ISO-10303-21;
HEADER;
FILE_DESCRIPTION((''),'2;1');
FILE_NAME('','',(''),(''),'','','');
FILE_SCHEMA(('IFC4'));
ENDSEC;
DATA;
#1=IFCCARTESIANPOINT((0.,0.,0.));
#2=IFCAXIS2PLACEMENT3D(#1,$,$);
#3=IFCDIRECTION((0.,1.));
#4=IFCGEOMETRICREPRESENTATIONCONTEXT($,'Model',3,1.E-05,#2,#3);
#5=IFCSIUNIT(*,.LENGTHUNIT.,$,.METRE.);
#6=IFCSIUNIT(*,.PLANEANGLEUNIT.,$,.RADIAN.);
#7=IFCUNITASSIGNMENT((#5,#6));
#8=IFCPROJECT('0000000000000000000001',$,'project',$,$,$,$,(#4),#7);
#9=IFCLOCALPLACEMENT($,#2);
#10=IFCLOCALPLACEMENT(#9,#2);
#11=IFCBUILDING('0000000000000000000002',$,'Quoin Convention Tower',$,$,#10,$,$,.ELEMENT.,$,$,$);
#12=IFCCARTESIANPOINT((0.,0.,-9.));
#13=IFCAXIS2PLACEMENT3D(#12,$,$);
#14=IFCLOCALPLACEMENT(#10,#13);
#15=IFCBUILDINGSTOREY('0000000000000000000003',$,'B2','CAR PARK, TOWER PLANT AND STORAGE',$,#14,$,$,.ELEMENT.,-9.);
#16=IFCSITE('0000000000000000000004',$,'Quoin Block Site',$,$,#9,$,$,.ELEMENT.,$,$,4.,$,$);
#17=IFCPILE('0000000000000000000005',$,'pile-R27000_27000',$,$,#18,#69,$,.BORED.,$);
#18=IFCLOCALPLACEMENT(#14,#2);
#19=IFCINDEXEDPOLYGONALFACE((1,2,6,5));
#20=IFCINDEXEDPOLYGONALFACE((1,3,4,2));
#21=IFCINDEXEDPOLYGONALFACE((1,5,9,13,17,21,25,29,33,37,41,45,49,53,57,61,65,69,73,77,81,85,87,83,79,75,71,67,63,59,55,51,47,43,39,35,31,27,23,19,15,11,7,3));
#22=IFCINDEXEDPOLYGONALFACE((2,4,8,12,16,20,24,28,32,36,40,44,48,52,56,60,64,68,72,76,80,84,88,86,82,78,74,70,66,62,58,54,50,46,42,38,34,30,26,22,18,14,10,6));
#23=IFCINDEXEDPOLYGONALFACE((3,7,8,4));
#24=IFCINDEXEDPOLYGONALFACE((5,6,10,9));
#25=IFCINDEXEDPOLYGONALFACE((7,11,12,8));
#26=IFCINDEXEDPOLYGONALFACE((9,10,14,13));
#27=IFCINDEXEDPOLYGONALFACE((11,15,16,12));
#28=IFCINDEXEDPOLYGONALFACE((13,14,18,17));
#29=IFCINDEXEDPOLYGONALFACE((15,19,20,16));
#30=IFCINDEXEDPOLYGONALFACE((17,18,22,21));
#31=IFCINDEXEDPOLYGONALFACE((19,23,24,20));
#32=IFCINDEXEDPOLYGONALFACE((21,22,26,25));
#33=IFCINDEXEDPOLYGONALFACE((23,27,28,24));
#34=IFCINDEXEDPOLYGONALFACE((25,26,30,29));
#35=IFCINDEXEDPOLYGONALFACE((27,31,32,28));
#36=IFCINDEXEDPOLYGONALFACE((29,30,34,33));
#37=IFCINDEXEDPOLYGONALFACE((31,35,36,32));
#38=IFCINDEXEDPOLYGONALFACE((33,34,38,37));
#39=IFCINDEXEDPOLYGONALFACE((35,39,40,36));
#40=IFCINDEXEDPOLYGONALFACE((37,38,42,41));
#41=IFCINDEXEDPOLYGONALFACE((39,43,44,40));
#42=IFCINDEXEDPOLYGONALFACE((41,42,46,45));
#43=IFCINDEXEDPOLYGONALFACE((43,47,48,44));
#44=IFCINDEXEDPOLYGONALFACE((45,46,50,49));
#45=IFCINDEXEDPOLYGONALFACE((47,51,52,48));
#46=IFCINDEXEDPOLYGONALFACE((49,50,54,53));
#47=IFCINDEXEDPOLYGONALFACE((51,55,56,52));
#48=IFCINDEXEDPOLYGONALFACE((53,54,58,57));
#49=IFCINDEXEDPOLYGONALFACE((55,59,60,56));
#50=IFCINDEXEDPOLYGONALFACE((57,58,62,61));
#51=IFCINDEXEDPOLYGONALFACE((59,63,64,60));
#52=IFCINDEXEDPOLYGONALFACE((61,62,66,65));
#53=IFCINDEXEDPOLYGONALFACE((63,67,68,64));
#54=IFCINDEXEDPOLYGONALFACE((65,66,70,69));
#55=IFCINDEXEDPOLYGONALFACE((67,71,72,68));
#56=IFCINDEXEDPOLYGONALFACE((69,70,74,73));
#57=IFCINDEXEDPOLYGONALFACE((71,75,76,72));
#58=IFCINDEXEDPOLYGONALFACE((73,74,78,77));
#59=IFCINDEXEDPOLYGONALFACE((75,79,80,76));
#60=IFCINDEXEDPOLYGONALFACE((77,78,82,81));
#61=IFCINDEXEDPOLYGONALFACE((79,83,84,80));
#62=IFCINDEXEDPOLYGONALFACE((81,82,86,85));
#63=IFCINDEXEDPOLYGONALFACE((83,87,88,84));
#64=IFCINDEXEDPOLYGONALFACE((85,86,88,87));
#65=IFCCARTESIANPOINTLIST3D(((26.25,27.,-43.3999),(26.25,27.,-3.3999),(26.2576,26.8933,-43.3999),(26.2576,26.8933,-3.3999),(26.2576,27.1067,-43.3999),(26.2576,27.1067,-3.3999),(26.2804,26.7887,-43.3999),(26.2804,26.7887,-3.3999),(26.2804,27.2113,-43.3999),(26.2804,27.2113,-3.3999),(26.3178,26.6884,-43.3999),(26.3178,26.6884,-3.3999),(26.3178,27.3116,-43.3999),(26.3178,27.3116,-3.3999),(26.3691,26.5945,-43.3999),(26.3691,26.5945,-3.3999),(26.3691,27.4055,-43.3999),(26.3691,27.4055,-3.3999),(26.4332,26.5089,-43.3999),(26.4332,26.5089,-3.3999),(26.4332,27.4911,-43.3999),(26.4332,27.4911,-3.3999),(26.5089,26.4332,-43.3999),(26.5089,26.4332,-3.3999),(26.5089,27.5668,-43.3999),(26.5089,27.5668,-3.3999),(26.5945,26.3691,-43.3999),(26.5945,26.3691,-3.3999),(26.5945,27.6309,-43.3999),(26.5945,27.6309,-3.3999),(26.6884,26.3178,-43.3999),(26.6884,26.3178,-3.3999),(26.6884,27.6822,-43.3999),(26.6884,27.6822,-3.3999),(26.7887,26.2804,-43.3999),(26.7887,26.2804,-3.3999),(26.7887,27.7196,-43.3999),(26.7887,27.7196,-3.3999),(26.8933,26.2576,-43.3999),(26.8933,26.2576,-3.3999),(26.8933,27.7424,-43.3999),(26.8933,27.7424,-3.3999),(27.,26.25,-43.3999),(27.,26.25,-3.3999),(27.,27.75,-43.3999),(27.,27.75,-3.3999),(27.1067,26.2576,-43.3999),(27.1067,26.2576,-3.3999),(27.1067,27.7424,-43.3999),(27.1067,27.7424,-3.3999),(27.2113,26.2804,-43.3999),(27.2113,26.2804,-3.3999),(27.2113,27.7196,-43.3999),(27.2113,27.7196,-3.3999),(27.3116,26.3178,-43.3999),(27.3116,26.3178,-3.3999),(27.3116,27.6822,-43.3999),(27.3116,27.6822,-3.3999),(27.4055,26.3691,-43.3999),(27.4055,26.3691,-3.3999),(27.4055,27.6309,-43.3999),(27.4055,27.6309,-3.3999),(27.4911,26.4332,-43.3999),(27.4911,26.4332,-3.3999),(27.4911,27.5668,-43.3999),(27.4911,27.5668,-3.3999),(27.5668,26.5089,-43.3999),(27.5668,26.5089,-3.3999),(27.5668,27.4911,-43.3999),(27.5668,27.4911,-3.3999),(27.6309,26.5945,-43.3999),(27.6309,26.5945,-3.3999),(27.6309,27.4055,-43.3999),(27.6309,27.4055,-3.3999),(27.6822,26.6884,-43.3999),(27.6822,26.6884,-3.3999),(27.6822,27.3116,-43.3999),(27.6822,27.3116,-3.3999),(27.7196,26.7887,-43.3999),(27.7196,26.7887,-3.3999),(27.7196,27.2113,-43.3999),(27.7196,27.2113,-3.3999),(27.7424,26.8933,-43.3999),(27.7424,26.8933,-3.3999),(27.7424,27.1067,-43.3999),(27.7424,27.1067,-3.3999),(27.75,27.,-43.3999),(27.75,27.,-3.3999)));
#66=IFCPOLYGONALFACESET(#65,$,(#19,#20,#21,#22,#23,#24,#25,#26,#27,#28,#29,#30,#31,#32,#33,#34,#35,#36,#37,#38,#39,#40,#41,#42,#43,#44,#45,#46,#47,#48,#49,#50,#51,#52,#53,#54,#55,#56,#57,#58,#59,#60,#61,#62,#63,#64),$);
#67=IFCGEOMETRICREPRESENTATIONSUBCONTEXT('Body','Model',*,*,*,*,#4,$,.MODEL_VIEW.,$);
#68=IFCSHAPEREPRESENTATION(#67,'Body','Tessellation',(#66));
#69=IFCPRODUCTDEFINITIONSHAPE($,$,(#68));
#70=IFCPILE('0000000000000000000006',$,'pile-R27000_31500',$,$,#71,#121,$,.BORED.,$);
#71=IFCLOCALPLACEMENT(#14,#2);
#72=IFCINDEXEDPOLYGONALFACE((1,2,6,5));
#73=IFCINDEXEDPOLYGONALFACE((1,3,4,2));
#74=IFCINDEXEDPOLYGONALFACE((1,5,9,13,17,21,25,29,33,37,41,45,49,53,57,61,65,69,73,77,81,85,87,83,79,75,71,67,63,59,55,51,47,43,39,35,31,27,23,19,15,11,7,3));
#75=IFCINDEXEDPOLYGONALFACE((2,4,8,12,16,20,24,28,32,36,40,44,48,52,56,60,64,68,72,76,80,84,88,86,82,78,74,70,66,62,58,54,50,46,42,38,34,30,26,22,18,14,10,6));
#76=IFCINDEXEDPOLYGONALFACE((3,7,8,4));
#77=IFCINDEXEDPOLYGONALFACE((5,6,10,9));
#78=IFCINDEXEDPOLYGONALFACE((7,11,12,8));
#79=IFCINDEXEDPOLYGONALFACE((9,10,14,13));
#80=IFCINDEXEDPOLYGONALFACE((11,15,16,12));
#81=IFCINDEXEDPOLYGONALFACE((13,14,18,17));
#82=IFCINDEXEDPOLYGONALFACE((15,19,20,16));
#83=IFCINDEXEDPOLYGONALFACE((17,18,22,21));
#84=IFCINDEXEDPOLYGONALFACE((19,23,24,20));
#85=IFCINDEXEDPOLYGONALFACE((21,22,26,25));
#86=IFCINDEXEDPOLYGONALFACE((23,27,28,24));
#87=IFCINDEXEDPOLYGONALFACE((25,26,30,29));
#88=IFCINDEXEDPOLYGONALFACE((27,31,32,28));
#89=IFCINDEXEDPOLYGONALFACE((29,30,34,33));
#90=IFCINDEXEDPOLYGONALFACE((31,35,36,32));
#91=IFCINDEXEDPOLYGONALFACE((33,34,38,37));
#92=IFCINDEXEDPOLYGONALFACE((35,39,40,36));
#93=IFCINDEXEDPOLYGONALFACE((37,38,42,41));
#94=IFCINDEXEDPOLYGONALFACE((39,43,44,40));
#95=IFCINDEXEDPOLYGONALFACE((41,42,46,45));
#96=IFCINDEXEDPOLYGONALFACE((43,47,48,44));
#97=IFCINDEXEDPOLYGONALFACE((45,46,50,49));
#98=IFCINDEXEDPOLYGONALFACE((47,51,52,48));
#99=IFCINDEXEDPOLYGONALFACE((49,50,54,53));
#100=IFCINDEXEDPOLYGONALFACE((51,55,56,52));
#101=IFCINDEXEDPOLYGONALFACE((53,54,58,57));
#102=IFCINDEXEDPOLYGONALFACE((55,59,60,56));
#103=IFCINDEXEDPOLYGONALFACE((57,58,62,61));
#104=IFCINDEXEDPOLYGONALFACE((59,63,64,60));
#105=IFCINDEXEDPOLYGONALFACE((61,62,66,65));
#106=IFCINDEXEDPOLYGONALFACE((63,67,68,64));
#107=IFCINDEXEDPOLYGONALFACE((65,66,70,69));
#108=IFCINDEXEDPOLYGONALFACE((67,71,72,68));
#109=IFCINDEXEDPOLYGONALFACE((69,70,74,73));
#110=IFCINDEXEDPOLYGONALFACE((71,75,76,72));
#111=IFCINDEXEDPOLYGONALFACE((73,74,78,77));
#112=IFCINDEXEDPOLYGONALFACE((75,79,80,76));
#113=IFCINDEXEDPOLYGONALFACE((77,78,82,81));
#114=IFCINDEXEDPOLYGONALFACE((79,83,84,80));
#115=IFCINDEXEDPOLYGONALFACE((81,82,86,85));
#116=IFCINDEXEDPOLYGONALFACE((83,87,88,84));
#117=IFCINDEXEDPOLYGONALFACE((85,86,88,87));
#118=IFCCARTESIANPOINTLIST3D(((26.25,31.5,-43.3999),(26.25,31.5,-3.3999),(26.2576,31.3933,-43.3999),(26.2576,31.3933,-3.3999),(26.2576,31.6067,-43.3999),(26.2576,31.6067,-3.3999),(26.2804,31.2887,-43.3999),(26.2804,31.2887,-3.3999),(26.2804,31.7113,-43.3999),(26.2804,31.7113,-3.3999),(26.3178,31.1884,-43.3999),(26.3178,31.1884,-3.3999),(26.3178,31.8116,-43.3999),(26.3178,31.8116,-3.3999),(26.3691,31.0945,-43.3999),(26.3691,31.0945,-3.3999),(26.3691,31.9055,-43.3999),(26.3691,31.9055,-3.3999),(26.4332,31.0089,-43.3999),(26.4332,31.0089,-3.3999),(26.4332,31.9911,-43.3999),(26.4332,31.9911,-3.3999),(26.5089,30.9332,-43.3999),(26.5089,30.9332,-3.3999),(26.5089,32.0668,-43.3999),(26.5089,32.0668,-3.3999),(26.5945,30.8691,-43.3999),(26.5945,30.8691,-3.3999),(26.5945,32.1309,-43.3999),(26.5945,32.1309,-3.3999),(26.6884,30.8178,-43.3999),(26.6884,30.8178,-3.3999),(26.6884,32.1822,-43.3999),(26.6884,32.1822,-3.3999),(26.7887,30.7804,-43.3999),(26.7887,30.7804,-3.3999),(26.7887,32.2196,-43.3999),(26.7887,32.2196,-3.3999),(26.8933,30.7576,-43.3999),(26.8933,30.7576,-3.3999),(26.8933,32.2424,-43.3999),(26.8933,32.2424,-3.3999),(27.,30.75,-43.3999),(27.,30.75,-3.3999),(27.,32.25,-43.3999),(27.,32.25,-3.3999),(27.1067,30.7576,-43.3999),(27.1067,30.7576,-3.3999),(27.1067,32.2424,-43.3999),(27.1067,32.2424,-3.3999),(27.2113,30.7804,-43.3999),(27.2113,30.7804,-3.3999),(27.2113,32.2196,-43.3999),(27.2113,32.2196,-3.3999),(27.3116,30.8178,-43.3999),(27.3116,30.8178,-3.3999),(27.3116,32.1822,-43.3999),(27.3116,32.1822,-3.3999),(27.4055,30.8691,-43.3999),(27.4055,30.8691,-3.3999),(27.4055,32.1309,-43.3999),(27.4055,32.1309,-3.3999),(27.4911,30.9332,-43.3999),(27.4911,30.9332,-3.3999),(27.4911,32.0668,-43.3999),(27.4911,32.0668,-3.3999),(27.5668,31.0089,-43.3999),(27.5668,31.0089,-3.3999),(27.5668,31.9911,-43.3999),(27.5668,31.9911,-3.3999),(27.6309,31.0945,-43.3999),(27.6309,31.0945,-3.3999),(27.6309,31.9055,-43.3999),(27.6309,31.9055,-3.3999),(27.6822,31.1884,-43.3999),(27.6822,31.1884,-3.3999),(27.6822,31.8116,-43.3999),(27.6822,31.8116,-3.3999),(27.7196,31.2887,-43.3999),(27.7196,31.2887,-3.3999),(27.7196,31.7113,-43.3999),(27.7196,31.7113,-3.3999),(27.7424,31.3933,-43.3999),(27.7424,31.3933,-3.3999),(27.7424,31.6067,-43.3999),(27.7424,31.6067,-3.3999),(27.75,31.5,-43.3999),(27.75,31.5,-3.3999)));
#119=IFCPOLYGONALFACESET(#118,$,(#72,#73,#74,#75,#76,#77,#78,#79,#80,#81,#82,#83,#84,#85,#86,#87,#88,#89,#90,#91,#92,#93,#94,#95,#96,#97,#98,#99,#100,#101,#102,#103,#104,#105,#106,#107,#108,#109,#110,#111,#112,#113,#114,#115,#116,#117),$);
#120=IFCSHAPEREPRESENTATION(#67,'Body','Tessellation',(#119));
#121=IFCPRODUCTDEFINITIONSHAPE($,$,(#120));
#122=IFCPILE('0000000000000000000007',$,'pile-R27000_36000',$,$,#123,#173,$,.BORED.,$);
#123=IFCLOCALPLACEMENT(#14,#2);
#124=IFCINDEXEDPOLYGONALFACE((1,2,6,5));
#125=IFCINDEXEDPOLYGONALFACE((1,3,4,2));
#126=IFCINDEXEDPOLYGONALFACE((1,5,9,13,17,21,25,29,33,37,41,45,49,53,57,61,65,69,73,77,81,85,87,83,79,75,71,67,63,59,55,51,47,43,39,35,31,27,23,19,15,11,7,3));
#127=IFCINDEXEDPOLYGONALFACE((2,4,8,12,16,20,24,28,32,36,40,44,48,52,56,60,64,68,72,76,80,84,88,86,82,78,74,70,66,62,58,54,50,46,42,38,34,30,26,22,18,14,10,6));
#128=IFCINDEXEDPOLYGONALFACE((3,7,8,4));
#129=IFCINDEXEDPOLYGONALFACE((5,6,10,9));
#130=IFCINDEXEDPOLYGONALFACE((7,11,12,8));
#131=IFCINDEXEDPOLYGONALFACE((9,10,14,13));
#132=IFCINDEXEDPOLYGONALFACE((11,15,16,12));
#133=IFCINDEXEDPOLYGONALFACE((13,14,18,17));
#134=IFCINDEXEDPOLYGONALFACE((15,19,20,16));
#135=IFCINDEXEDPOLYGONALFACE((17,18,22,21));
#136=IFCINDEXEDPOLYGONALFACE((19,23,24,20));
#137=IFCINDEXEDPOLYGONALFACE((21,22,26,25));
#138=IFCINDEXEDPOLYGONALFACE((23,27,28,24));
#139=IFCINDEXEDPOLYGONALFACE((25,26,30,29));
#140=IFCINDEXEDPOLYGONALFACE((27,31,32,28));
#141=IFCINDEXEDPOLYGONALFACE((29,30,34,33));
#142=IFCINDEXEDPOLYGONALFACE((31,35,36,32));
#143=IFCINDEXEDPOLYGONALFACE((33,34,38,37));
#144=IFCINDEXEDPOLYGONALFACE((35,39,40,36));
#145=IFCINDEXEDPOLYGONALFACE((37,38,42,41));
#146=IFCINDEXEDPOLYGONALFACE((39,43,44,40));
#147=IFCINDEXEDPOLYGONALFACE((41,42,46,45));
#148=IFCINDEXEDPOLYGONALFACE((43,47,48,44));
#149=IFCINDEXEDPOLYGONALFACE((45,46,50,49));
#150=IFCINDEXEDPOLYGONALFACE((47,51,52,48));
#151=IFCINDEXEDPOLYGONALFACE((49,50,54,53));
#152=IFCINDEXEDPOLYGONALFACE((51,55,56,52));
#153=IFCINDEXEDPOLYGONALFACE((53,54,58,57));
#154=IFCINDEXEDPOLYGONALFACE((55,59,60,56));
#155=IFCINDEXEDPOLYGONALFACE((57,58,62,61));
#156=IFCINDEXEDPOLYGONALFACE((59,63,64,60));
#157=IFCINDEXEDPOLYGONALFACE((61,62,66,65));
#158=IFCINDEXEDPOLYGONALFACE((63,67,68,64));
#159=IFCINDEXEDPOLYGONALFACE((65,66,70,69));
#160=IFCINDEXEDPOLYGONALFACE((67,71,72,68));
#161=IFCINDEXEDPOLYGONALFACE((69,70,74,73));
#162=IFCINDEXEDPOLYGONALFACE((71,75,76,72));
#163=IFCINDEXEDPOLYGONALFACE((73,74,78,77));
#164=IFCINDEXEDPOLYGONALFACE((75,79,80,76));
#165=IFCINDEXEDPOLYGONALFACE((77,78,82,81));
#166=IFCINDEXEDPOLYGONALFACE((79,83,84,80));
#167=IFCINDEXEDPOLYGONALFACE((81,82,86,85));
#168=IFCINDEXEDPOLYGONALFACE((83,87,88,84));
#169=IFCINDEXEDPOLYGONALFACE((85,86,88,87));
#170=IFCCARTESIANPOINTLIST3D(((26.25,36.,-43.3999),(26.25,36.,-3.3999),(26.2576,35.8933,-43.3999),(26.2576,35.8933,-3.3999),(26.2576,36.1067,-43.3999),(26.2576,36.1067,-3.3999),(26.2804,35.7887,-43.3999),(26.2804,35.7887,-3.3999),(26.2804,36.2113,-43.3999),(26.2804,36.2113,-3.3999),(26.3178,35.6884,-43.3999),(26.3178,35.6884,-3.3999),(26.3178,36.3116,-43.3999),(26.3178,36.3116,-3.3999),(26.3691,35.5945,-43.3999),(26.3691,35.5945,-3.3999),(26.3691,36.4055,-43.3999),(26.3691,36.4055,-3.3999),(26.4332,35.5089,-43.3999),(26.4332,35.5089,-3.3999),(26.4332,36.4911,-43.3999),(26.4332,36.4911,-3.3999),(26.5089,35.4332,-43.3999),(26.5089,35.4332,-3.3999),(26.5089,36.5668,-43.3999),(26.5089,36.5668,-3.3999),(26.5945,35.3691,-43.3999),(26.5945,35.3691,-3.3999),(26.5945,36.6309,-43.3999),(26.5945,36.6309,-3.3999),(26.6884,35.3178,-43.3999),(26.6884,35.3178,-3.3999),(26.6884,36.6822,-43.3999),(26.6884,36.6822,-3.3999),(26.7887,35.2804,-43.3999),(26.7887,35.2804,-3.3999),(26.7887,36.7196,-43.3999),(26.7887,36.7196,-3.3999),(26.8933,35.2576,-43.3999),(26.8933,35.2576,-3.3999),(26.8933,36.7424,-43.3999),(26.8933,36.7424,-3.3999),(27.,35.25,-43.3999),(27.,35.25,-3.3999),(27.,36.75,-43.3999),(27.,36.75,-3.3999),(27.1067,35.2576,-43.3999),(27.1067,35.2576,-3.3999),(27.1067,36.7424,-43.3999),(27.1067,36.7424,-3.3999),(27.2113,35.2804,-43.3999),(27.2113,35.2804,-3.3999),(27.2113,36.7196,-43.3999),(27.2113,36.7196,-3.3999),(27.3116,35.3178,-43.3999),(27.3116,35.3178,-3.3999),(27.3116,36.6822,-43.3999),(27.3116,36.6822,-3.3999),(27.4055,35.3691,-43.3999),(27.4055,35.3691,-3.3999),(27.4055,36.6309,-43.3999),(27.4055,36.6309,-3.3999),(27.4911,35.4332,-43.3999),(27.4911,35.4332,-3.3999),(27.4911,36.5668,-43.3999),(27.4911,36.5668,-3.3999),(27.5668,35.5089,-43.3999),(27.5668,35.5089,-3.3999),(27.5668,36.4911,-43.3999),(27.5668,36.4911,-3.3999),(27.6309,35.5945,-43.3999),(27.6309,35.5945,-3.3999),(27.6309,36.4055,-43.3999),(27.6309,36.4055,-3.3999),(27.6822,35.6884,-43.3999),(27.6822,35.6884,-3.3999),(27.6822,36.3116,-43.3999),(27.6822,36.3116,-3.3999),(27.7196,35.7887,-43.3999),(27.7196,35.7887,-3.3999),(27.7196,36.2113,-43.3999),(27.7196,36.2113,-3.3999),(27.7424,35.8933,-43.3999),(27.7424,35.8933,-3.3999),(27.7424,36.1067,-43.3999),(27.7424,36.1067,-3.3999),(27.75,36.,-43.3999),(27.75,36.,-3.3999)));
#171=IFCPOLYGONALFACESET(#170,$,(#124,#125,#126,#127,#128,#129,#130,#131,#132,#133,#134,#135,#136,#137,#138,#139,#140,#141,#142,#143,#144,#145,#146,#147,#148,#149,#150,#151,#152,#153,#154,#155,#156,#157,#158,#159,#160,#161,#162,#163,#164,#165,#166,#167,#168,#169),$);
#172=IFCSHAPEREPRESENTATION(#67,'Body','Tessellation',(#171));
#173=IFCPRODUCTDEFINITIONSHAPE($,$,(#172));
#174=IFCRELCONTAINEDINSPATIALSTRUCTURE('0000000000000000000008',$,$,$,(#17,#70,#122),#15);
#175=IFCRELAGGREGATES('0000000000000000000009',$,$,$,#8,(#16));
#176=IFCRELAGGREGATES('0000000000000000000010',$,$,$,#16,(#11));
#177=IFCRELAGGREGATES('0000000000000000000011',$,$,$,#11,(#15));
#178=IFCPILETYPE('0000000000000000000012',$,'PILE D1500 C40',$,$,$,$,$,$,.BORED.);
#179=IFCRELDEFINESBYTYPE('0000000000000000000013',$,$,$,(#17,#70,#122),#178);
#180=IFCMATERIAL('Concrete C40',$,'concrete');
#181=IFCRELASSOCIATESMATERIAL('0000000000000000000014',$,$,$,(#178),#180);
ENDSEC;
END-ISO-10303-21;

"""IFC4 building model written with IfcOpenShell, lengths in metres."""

from ifc_helpers import new_model, si_unit, direction, frame, origin, origin_2d, place, context, subcontext, project, spatial, circle, extrude, material, material_profile, profile_set, type_object, element, save


model = new_model("IFC4")

# Units and contexts
model_context = context("Model", 3, precision=1e-05, world=origin(), true_north=direction((0.0, 1.0)))
body_context = subcontext(model_context, "Body", "Model", "MODEL_VIEW")
ifc_project = project(units=[si_unit("LENGTHUNIT", "METRE"), si_unit("PLANEANGLEUNIT", "RADIAN")], contexts=[model_context])

# Site, building, storey
site_placement = place(None, origin())
site = spatial("IfcSite", under=ifc_project, at=site_placement, Name="Quoin Block Site", CompositionType="ELEMENT", RefElevation=4.0)
building_placement = place(site_placement, origin())
building = spatial("IfcBuilding", under=site, at=building_placement, Name="Quoin Convention Tower", CompositionType="ELEMENT")
storey_placement = place(building_placement, frame((0.0, 0.0, -9.0)))
storey = spatial("IfcBuildingStorey", under=building, at=storey_placement, Name="B2", Description="CAR PARK, TOWER PLANT AND STORAGE", CompositionType="ELEMENT", Elevation=-9.0)

# Piles
ifc_material_1 = material(Name="Concrete C40", Category="concrete")
ifc_material_profile_1 = material_profile(ifc_material_1, circle(Radius=0.75, at=origin_2d()), Name="D1500")
ifc_profile_set_1 = profile_set([ifc_material_profile_1], Name="Concrete C40")
pile_type = type_object("IfcPileType", Name="PILE D1500 C40", PredefinedType="BORED", material=ifc_profile_set_1)
for number, where, z_axis, x_axis, name in (
    (1, (27.0, 27.0, -3.3999), (0.0, 0.0, -1.0), (1.0, 0.0, 0.0), "pile-R27000_27000"),
    (2, (27.0, 31.5, -3.3999), (0.0, 0.0, -1.0), (1.0, 0.0, 0.0), "pile-R27000_31500"),
    (3, (27.0, 36.0, -3.3999), (0.0, 0.0, -1.0), (1.0, 0.0, 0.0), "pile-R27000_36000"),
):
    element("IfcPile", number, at=place(storey_placement, frame(where, z_axis=z_axis, x_axis=x_axis)), inside=storey, type_object=pile_type, Name=name, PredefinedType="BORED", context=body_context, shape_type="SweptSolid", body=[
        extrude(circle(Radius=0.75, at=origin_2d()), origin(), (0.0, 0.0, 1.0), 40.0),
    ])

save(model, "model.ifc")
